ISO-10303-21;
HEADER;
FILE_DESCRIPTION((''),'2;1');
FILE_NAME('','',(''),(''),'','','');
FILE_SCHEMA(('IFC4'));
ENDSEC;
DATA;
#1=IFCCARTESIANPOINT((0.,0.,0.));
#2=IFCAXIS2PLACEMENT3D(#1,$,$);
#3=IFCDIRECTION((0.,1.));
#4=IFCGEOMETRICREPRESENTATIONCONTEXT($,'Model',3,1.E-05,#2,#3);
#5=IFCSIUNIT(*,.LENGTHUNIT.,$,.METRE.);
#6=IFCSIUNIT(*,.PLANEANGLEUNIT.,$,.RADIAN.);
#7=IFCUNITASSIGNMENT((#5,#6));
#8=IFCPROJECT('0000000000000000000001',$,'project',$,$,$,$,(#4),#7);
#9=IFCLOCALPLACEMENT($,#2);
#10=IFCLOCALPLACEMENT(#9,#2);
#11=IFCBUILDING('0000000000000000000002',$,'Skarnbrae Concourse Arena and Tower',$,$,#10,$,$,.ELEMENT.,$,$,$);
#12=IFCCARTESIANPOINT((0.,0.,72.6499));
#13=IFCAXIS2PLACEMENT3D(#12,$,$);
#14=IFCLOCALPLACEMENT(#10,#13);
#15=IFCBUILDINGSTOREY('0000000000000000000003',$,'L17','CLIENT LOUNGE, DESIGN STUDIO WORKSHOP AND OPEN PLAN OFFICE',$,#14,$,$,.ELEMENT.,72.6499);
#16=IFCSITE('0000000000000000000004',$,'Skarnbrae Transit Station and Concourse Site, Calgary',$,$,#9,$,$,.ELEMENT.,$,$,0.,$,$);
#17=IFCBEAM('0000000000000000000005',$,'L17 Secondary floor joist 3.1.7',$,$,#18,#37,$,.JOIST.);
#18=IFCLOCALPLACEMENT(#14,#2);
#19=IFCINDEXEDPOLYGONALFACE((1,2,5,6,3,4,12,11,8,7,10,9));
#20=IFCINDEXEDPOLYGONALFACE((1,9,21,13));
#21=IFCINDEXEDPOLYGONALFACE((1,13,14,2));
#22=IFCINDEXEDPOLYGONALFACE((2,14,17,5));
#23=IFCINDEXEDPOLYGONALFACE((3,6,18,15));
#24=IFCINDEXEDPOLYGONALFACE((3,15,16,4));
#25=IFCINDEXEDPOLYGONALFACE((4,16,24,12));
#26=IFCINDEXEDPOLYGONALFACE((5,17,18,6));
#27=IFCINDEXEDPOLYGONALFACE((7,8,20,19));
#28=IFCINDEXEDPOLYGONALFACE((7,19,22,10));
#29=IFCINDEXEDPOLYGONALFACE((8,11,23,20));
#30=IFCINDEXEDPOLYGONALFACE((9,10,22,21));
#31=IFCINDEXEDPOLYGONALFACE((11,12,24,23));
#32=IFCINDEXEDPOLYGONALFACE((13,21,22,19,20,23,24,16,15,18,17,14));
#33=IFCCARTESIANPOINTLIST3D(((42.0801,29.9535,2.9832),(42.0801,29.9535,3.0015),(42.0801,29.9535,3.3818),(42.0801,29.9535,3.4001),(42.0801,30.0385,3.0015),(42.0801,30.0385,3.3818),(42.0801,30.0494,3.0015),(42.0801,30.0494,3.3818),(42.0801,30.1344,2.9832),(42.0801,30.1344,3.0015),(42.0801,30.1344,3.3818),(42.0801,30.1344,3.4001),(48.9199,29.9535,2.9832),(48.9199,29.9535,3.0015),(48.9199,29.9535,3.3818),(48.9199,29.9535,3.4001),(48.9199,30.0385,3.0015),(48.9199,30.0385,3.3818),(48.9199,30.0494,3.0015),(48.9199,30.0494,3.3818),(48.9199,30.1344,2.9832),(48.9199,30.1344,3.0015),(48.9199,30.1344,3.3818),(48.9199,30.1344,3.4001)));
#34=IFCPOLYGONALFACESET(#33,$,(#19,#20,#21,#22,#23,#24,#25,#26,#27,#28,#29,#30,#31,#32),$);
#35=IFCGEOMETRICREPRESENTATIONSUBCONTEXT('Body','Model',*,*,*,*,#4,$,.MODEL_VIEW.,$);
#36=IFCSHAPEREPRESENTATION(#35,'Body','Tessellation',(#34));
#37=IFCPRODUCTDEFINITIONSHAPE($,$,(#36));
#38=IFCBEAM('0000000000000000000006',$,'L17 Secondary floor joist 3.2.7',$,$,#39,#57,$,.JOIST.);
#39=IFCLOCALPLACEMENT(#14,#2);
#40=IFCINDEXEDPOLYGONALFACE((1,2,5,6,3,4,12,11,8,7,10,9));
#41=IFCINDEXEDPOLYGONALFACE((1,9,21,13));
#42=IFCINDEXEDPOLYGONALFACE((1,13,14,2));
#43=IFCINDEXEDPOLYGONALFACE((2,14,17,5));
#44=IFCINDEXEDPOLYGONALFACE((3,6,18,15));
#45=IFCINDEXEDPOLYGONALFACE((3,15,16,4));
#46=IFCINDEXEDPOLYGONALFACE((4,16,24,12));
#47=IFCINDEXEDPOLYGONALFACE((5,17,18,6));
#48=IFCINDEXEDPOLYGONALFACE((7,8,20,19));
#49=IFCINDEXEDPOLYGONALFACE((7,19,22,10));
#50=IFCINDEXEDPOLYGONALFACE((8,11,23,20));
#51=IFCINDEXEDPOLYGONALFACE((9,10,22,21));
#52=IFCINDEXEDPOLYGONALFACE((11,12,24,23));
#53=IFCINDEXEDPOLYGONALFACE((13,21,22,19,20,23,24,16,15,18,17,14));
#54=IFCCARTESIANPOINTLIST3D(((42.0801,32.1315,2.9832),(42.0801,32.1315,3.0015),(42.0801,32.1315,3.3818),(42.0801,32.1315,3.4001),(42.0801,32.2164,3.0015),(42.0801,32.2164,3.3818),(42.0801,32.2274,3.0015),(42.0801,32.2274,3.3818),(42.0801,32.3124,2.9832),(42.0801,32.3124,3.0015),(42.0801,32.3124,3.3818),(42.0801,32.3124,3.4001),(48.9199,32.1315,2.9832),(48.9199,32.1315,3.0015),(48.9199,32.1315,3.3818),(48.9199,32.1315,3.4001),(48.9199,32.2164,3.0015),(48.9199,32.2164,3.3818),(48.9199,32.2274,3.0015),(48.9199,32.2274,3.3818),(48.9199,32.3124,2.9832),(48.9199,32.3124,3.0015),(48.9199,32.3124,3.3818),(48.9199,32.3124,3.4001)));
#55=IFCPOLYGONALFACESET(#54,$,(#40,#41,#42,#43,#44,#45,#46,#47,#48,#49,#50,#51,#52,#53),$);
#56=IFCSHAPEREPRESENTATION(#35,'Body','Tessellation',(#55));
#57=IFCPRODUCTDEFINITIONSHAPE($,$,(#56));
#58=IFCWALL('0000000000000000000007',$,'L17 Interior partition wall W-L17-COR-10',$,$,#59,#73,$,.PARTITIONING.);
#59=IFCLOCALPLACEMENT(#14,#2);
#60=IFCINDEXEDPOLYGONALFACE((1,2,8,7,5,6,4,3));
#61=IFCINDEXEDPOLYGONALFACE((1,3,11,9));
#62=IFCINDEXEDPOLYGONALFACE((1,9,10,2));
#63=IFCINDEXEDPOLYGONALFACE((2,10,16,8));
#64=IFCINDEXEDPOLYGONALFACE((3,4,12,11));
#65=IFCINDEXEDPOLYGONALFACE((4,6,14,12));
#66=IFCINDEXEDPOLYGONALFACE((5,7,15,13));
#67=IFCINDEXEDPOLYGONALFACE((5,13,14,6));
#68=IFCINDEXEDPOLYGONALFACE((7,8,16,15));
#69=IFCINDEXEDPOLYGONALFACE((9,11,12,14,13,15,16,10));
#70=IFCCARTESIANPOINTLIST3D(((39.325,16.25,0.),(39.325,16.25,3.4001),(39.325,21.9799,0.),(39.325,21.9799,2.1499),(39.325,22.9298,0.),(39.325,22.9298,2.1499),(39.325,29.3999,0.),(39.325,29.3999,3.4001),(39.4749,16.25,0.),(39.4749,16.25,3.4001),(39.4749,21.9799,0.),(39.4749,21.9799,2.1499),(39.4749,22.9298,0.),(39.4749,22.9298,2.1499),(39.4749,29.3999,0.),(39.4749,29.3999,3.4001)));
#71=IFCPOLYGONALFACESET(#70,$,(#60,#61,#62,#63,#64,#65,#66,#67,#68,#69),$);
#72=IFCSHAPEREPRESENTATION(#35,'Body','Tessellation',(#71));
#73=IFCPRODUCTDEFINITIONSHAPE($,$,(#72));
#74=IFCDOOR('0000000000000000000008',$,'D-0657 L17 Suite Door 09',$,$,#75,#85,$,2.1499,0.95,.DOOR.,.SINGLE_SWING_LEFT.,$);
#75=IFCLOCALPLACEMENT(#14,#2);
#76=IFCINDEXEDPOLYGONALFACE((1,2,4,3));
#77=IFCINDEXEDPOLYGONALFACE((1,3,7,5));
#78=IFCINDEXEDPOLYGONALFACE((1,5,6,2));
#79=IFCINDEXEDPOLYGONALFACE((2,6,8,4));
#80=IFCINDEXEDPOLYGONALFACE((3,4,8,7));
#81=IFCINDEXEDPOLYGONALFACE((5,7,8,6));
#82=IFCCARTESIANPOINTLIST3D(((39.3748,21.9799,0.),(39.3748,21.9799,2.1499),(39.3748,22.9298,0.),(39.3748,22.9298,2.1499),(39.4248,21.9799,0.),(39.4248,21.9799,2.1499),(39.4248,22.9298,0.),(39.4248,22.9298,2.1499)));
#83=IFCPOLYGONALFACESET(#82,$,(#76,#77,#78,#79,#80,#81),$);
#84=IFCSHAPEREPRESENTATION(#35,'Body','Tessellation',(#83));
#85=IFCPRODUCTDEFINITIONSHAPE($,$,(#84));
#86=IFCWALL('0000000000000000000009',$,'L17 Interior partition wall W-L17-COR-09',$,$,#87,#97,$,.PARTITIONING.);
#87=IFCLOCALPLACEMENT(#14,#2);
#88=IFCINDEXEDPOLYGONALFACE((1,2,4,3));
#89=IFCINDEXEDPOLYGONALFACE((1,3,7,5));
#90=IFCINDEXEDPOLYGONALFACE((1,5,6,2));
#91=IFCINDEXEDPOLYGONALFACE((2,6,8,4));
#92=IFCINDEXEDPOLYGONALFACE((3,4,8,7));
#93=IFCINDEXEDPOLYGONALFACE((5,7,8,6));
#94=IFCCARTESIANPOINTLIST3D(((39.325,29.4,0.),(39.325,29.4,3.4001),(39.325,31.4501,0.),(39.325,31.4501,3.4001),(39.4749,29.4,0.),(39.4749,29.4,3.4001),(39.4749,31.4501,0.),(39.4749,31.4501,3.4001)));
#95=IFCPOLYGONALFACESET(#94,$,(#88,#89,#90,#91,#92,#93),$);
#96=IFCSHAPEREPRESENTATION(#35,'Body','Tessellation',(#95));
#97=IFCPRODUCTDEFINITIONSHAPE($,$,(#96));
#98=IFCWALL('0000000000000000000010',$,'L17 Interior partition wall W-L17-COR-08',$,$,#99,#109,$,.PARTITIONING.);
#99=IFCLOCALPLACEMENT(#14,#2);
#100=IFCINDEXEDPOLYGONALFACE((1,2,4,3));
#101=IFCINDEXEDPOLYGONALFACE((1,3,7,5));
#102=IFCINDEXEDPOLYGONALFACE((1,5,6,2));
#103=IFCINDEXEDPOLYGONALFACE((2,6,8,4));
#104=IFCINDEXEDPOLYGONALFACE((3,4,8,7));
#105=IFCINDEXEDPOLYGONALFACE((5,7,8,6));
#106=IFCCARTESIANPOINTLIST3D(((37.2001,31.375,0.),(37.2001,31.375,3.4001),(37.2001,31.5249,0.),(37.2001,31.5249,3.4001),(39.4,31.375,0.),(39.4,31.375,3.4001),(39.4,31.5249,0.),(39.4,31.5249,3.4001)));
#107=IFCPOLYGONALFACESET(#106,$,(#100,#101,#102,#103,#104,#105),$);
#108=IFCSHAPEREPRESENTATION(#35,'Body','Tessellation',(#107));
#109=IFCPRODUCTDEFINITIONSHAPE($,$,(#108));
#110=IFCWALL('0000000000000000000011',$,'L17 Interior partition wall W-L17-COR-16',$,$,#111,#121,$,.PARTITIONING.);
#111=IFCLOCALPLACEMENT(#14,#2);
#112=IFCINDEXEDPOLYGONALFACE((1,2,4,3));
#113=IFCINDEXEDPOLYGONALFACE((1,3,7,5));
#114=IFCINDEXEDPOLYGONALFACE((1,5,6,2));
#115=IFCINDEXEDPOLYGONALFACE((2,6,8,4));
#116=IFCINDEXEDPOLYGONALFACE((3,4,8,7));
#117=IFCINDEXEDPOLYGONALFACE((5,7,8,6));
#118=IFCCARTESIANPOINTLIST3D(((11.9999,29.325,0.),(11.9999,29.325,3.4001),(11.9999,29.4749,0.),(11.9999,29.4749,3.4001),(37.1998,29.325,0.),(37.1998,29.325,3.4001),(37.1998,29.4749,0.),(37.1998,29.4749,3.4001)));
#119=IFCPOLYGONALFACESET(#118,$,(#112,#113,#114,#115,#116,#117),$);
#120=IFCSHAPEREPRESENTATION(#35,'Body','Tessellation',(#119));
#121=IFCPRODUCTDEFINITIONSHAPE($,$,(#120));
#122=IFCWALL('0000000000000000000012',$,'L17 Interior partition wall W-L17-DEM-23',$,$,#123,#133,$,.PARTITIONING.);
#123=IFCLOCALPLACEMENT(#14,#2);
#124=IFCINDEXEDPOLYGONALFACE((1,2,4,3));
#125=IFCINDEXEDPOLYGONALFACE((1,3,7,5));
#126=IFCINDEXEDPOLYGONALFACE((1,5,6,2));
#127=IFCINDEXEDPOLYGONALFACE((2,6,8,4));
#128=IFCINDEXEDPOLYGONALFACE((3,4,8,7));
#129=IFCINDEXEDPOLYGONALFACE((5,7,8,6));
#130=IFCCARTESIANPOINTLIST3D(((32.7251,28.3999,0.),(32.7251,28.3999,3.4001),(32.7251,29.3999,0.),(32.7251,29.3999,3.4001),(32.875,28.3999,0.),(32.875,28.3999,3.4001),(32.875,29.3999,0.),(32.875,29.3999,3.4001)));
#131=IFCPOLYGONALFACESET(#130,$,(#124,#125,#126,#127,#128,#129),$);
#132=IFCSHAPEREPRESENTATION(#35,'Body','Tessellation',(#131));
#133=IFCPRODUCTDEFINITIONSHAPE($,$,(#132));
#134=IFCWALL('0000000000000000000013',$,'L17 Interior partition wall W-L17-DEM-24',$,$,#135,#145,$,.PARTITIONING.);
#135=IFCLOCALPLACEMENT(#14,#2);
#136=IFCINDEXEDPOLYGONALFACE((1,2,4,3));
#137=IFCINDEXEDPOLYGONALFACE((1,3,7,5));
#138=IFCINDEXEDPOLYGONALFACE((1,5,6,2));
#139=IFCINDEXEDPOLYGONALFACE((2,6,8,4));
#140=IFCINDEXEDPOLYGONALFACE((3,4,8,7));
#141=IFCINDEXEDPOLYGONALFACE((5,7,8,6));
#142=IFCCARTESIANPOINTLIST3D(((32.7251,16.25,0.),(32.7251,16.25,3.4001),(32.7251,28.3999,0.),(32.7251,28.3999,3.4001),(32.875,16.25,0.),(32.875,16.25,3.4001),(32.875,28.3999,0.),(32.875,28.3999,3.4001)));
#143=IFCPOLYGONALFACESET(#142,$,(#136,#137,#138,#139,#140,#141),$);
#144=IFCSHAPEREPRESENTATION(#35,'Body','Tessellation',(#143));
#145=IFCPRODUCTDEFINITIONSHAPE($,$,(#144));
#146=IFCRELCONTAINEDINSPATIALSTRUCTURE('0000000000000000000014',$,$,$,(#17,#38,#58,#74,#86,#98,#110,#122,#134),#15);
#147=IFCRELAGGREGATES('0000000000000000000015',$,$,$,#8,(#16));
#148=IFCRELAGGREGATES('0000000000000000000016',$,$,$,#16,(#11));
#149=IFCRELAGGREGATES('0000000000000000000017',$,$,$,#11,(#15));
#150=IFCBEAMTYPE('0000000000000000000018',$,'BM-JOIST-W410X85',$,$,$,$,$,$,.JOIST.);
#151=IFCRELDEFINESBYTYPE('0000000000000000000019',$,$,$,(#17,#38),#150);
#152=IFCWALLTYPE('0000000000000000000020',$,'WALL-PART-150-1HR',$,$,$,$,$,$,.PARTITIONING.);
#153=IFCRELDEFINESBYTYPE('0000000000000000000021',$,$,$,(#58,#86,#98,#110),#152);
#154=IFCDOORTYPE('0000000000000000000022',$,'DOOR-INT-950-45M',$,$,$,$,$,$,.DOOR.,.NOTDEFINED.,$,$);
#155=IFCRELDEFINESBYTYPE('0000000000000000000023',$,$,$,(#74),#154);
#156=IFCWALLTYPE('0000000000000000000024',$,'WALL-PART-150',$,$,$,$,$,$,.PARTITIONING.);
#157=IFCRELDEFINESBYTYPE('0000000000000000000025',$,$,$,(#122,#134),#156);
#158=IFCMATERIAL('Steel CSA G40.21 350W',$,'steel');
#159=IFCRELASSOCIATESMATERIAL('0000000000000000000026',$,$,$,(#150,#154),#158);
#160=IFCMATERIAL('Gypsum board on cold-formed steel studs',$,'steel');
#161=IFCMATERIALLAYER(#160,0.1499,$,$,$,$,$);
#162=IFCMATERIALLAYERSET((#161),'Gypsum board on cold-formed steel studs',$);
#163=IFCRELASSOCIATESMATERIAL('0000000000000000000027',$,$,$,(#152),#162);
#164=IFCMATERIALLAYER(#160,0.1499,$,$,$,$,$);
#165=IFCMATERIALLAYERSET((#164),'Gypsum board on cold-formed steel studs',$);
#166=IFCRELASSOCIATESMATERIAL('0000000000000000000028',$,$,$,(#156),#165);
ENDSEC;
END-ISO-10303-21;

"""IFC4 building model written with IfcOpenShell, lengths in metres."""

from ifc_helpers import new_model, si_unit, direction, frame, frame_2d, origin, origin_2d, place, context, subcontext, project, spatial, rectangle, i_section, extrude, source, transform, mapped, material, layer, layer_set, material_profile, profile_set, type_object, element, fill, save


model = new_model("IFC4")

# Units and contexts
model_context = context("Model", 3, precision=1e-05, world=origin(), true_north=direction((0.0, 1.0)))
body_context = subcontext(model_context, "Body", "Model", "MODEL_VIEW")
ifc_project = project(units=[si_unit("LENGTHUNIT", "METRE"), si_unit("PLANEANGLEUNIT", "RADIAN")], contexts=[model_context])

# Site, building, storey
site_placement = place(None, origin())
site = spatial("IfcSite", under=ifc_project, at=site_placement, Name="Skarnbrae Transit Station and Concourse Site, Calgary", CompositionType="ELEMENT", RefElevation=0.0)
building_placement = place(site_placement, origin())
building = spatial("IfcBuilding", under=site, at=building_placement, Name="Skarnbrae Concourse Arena and Tower", CompositionType="ELEMENT")
storey_placement = place(building_placement, frame((0.0, 0.0, 72.6499)))
storey = spatial("IfcBuildingStorey", under=building, at=storey_placement, Name="L17", Description="CLIENT LOUNGE, DESIGN STUDIO WORKSHOP AND OPEN PLAN OFFICE", CompositionType="ELEMENT", Elevation=72.6499)

# Shared definitions
ifc_material_1 = material(Name="Steel CSA G40.21 350W", Category="steel")

# Beams
ifc_material_profile_1 = material_profile(ifc_material_1, i_section(OverallWidth=0.1809, OverallDepth=0.417, WebThickness=0.011, FlangeThickness=0.0183, at=origin_2d()), Name="W410X85")
ifc_profile_set_1 = profile_set([ifc_material_profile_1], Name="Steel CSA G40.21 350W")
beam_type_1 = type_object("IfcBeamType", Name="BM-JOIST-W410X85", PredefinedType="JOIST", material=ifc_profile_set_1)
shared_shape_1 = source(origin(), body_context, "Body", "SweptSolid", [
    extrude(i_section(OverallWidth=0.1809, OverallDepth=0.417, WebThickness=0.011, FlangeThickness=0.0183, at=origin_2d()), origin(), (0.0, 0.0, 1.0), 6.8398),
])
for number, where, z_axis, x_axis, name in (
    (1, (42.0801, 30.0439, 3.1917), (1.0, 0.0, 0.0), (0.0, 1.0, 0.0), "L17 Secondary floor joist 3.1.7"),
    (2, (42.0801, 32.2219, 3.1917), (1.0, 0.0, 0.0), (0.0, 1.0, 0.0), "L17 Secondary floor joist 3.2.7"),
):
    element("IfcBeam", number, at=place(storey_placement, frame(where, z_axis=z_axis, x_axis=x_axis)), inside=storey, type_object=beam_type_1, Name=name, PredefinedType="JOIST", context=body_context, shape_type="MappedRepresentation", body=[
        mapped(shared_shape_1, transform((0.0, 0.0, 0.0))),
    ])

# Wall, opening, door
ifc_material_2 = material(Name="Gypsum board on cold-formed steel studs", Category="steel")
ifc_layer_1 = layer(ifc_material_2, 0.1499)
ifc_layer_set_1 = layer_set([ifc_layer_1], Name="Gypsum board on cold-formed steel studs")
wall_type_1 = type_object("IfcWallType", Name="WALL-PART-150-1HR", PredefinedType="PARTITIONING", material=ifc_layer_set_1)
shared_shape_2 = source(origin(), body_context, "Body", "SweptSolid", [
    extrude(rectangle(XDim=13.1499, YDim=0.1499, at=frame_2d((6.575, 0.0))), origin(), (0.0, 0.0, 1.0), 3.4001),
])
wall_1_placement = place(storey_placement, frame((39.3999, 29.3999, 0.0), z_axis=(0.0, 0.0, 1.0), x_axis=(0.0, -1.0, 0.0)))
wall_1 = element("IfcWall", 3, at=wall_1_placement, inside=storey, type_object=wall_type_1, Name="L17 Interior partition wall W-L17-COR-10", PredefinedType="PARTITIONING", context=body_context, shape_type="MappedRepresentation", body=[
    mapped(shared_shape_2, transform((0.0, 0.0, 0.0))),
])
opening_placement = place(wall_1_placement, frame((6.47, 0.0, 0.0)))
opening = element("IfcOpeningElement", 4, at=opening_placement, cuts=wall_1, PredefinedType="OPENING", context=body_context, shape_type="SweptSolid", body=[
    extrude(rectangle(XDim=0.95, YDim=2.1499, at=frame_2d((0.4751, 1.075))), frame((0.0, 0.085, 0.0), z_axis=(0.0, -1.0, 0.0), x_axis=(1.0, 0.0, 0.0)), (0.0, 0.0, 1.0), 0.1699),
])
door_type = type_object("IfcDoorType", Name="DOOR-INT-950-45M", OperationType="NOTDEFINED", PredefinedType="DOOR", material=ifc_material_1)
shared_shape_3 = source(origin(), body_context, "Body", "SweptSolid", [
    extrude(rectangle(XDim=0.95, YDim=2.1499, at=frame_2d((0.4751, 1.075))), frame((0.0, 0.0249, 0.0), z_axis=(0.0, -1.0, 0.0), x_axis=(1.0, 0.0, 0.0)), (0.0, 0.0, 1.0), 0.05),
])
door_placement = place(opening_placement, origin())
door = element("IfcDoor", 5, at=door_placement, inside=storey, type_object=door_type, Name="D-0657 L17 Suite Door 09", OperationType="SINGLE_SWING_LEFT", OverallHeight=2.1499, OverallWidth=0.95, PredefinedType="DOOR", context=body_context, shape_type="MappedRepresentation", body=[
    mapped(shared_shape_3, transform((0.0, 0.0, 0.0))),
])
fill(opening, door)

# Walls
shared_shape_4 = source(origin(), body_context, "Body", "SweptSolid", [
    extrude(rectangle(XDim=2.05, YDim=0.1499, at=frame_2d((1.0249, 0.0))), origin(), (0.0, 0.0, 1.0), 3.4001),
])
wall_2_placement = place(storey_placement, frame((39.3999, 31.45, 0.0), z_axis=(0.0, 0.0, 1.0), x_axis=(0.0, -1.0, 0.0)))
element("IfcWall", 6, at=wall_2_placement, inside=storey, type_object=wall_type_1, Name="L17 Interior partition wall W-L17-COR-09", PredefinedType="PARTITIONING", context=body_context, shape_type="MappedRepresentation", body=[
    mapped(shared_shape_4, transform((0.0, 0.0, 0.0))),
])
shared_shape_5 = source(origin(), body_context, "Body", "SweptSolid", [
    extrude(rectangle(XDim=2.2, YDim=0.1499, at=frame_2d((1.1001, 0.0))), origin(), (0.0, 0.0, 1.0), 3.4001),
])
wall_3_placement = place(storey_placement, frame((37.2, 31.45, 0.0), z_axis=(0.0, 0.0, 1.0), x_axis=(1.0, 0.0, 0.0)))
element("IfcWall", 7, at=wall_3_placement, inside=storey, type_object=wall_type_1, Name="L17 Interior partition wall W-L17-COR-08", PredefinedType="PARTITIONING", context=body_context, shape_type="MappedRepresentation", body=[
    mapped(shared_shape_5, transform((0.0, 0.0, 0.0))),
])
shared_shape_6 = source(origin(), body_context, "Body", "SweptSolid", [
    extrude(rectangle(XDim=25.2, YDim=0.1499, at=frame_2d((12.6001, 0.0))), origin(), (0.0, 0.0, 1.0), 3.4001),
])
wall_4_placement = place(storey_placement, frame((37.2, 29.3999, 0.0), z_axis=(0.0, 0.0, 1.0), x_axis=(-1.0, 0.0, 0.0)))
element("IfcWall", 8, at=wall_4_placement, inside=storey, type_object=wall_type_1, Name="L17 Interior partition wall W-L17-COR-16", PredefinedType="PARTITIONING", context=body_context, shape_type="MappedRepresentation", body=[
    mapped(shared_shape_6, transform((0.0, 0.0, 0.0))),
])
ifc_layer_2 = layer(ifc_material_2, 0.1499)
ifc_layer_set_2 = layer_set([ifc_layer_2], Name="Gypsum board on cold-formed steel studs")
wall_type_2 = type_object("IfcWallType", Name="WALL-PART-150", PredefinedType="PARTITIONING", material=ifc_layer_set_2)
shared_shape_7 = source(origin(), body_context, "Body", "SweptSolid", [
    extrude(rectangle(XDim=1.0, YDim=0.1499, at=frame_2d((0.5, 0.0))), origin(), (0.0, 0.0, 1.0), 3.4001),
])
wall_5_placement = place(storey_placement, frame((32.8, 29.3999, 0.0), z_axis=(0.0, 0.0, 1.0), x_axis=(0.0, -1.0, 0.0)))
element("IfcWall", 9, at=wall_5_placement, inside=storey, type_object=wall_type_2, Name="L17 Interior partition wall W-L17-DEM-23", PredefinedType="PARTITIONING", context=body_context, shape_type="MappedRepresentation", body=[
    mapped(shared_shape_7, transform((0.0, 0.0, 0.0))),
])
shared_shape_8 = source(origin(), body_context, "Body", "SweptSolid", [
    extrude(rectangle(XDim=12.1499, YDim=0.1499, at=frame_2d((6.075, 0.0))), origin(), (0.0, 0.0, 1.0), 3.4001),
])
wall_6_placement = place(storey_placement, frame((32.8, 28.3999, 0.0), z_axis=(0.0, 0.0, 1.0), x_axis=(0.0, -1.0, 0.0)))
element("IfcWall", 10, at=wall_6_placement, inside=storey, type_object=wall_type_2, Name="L17 Interior partition wall W-L17-DEM-24", PredefinedType="PARTITIONING", context=body_context, shape_type="MappedRepresentation", body=[
    mapped(shared_shape_8, transform((0.0, 0.0, 0.0))),
])

save(model, "model.ifc")
